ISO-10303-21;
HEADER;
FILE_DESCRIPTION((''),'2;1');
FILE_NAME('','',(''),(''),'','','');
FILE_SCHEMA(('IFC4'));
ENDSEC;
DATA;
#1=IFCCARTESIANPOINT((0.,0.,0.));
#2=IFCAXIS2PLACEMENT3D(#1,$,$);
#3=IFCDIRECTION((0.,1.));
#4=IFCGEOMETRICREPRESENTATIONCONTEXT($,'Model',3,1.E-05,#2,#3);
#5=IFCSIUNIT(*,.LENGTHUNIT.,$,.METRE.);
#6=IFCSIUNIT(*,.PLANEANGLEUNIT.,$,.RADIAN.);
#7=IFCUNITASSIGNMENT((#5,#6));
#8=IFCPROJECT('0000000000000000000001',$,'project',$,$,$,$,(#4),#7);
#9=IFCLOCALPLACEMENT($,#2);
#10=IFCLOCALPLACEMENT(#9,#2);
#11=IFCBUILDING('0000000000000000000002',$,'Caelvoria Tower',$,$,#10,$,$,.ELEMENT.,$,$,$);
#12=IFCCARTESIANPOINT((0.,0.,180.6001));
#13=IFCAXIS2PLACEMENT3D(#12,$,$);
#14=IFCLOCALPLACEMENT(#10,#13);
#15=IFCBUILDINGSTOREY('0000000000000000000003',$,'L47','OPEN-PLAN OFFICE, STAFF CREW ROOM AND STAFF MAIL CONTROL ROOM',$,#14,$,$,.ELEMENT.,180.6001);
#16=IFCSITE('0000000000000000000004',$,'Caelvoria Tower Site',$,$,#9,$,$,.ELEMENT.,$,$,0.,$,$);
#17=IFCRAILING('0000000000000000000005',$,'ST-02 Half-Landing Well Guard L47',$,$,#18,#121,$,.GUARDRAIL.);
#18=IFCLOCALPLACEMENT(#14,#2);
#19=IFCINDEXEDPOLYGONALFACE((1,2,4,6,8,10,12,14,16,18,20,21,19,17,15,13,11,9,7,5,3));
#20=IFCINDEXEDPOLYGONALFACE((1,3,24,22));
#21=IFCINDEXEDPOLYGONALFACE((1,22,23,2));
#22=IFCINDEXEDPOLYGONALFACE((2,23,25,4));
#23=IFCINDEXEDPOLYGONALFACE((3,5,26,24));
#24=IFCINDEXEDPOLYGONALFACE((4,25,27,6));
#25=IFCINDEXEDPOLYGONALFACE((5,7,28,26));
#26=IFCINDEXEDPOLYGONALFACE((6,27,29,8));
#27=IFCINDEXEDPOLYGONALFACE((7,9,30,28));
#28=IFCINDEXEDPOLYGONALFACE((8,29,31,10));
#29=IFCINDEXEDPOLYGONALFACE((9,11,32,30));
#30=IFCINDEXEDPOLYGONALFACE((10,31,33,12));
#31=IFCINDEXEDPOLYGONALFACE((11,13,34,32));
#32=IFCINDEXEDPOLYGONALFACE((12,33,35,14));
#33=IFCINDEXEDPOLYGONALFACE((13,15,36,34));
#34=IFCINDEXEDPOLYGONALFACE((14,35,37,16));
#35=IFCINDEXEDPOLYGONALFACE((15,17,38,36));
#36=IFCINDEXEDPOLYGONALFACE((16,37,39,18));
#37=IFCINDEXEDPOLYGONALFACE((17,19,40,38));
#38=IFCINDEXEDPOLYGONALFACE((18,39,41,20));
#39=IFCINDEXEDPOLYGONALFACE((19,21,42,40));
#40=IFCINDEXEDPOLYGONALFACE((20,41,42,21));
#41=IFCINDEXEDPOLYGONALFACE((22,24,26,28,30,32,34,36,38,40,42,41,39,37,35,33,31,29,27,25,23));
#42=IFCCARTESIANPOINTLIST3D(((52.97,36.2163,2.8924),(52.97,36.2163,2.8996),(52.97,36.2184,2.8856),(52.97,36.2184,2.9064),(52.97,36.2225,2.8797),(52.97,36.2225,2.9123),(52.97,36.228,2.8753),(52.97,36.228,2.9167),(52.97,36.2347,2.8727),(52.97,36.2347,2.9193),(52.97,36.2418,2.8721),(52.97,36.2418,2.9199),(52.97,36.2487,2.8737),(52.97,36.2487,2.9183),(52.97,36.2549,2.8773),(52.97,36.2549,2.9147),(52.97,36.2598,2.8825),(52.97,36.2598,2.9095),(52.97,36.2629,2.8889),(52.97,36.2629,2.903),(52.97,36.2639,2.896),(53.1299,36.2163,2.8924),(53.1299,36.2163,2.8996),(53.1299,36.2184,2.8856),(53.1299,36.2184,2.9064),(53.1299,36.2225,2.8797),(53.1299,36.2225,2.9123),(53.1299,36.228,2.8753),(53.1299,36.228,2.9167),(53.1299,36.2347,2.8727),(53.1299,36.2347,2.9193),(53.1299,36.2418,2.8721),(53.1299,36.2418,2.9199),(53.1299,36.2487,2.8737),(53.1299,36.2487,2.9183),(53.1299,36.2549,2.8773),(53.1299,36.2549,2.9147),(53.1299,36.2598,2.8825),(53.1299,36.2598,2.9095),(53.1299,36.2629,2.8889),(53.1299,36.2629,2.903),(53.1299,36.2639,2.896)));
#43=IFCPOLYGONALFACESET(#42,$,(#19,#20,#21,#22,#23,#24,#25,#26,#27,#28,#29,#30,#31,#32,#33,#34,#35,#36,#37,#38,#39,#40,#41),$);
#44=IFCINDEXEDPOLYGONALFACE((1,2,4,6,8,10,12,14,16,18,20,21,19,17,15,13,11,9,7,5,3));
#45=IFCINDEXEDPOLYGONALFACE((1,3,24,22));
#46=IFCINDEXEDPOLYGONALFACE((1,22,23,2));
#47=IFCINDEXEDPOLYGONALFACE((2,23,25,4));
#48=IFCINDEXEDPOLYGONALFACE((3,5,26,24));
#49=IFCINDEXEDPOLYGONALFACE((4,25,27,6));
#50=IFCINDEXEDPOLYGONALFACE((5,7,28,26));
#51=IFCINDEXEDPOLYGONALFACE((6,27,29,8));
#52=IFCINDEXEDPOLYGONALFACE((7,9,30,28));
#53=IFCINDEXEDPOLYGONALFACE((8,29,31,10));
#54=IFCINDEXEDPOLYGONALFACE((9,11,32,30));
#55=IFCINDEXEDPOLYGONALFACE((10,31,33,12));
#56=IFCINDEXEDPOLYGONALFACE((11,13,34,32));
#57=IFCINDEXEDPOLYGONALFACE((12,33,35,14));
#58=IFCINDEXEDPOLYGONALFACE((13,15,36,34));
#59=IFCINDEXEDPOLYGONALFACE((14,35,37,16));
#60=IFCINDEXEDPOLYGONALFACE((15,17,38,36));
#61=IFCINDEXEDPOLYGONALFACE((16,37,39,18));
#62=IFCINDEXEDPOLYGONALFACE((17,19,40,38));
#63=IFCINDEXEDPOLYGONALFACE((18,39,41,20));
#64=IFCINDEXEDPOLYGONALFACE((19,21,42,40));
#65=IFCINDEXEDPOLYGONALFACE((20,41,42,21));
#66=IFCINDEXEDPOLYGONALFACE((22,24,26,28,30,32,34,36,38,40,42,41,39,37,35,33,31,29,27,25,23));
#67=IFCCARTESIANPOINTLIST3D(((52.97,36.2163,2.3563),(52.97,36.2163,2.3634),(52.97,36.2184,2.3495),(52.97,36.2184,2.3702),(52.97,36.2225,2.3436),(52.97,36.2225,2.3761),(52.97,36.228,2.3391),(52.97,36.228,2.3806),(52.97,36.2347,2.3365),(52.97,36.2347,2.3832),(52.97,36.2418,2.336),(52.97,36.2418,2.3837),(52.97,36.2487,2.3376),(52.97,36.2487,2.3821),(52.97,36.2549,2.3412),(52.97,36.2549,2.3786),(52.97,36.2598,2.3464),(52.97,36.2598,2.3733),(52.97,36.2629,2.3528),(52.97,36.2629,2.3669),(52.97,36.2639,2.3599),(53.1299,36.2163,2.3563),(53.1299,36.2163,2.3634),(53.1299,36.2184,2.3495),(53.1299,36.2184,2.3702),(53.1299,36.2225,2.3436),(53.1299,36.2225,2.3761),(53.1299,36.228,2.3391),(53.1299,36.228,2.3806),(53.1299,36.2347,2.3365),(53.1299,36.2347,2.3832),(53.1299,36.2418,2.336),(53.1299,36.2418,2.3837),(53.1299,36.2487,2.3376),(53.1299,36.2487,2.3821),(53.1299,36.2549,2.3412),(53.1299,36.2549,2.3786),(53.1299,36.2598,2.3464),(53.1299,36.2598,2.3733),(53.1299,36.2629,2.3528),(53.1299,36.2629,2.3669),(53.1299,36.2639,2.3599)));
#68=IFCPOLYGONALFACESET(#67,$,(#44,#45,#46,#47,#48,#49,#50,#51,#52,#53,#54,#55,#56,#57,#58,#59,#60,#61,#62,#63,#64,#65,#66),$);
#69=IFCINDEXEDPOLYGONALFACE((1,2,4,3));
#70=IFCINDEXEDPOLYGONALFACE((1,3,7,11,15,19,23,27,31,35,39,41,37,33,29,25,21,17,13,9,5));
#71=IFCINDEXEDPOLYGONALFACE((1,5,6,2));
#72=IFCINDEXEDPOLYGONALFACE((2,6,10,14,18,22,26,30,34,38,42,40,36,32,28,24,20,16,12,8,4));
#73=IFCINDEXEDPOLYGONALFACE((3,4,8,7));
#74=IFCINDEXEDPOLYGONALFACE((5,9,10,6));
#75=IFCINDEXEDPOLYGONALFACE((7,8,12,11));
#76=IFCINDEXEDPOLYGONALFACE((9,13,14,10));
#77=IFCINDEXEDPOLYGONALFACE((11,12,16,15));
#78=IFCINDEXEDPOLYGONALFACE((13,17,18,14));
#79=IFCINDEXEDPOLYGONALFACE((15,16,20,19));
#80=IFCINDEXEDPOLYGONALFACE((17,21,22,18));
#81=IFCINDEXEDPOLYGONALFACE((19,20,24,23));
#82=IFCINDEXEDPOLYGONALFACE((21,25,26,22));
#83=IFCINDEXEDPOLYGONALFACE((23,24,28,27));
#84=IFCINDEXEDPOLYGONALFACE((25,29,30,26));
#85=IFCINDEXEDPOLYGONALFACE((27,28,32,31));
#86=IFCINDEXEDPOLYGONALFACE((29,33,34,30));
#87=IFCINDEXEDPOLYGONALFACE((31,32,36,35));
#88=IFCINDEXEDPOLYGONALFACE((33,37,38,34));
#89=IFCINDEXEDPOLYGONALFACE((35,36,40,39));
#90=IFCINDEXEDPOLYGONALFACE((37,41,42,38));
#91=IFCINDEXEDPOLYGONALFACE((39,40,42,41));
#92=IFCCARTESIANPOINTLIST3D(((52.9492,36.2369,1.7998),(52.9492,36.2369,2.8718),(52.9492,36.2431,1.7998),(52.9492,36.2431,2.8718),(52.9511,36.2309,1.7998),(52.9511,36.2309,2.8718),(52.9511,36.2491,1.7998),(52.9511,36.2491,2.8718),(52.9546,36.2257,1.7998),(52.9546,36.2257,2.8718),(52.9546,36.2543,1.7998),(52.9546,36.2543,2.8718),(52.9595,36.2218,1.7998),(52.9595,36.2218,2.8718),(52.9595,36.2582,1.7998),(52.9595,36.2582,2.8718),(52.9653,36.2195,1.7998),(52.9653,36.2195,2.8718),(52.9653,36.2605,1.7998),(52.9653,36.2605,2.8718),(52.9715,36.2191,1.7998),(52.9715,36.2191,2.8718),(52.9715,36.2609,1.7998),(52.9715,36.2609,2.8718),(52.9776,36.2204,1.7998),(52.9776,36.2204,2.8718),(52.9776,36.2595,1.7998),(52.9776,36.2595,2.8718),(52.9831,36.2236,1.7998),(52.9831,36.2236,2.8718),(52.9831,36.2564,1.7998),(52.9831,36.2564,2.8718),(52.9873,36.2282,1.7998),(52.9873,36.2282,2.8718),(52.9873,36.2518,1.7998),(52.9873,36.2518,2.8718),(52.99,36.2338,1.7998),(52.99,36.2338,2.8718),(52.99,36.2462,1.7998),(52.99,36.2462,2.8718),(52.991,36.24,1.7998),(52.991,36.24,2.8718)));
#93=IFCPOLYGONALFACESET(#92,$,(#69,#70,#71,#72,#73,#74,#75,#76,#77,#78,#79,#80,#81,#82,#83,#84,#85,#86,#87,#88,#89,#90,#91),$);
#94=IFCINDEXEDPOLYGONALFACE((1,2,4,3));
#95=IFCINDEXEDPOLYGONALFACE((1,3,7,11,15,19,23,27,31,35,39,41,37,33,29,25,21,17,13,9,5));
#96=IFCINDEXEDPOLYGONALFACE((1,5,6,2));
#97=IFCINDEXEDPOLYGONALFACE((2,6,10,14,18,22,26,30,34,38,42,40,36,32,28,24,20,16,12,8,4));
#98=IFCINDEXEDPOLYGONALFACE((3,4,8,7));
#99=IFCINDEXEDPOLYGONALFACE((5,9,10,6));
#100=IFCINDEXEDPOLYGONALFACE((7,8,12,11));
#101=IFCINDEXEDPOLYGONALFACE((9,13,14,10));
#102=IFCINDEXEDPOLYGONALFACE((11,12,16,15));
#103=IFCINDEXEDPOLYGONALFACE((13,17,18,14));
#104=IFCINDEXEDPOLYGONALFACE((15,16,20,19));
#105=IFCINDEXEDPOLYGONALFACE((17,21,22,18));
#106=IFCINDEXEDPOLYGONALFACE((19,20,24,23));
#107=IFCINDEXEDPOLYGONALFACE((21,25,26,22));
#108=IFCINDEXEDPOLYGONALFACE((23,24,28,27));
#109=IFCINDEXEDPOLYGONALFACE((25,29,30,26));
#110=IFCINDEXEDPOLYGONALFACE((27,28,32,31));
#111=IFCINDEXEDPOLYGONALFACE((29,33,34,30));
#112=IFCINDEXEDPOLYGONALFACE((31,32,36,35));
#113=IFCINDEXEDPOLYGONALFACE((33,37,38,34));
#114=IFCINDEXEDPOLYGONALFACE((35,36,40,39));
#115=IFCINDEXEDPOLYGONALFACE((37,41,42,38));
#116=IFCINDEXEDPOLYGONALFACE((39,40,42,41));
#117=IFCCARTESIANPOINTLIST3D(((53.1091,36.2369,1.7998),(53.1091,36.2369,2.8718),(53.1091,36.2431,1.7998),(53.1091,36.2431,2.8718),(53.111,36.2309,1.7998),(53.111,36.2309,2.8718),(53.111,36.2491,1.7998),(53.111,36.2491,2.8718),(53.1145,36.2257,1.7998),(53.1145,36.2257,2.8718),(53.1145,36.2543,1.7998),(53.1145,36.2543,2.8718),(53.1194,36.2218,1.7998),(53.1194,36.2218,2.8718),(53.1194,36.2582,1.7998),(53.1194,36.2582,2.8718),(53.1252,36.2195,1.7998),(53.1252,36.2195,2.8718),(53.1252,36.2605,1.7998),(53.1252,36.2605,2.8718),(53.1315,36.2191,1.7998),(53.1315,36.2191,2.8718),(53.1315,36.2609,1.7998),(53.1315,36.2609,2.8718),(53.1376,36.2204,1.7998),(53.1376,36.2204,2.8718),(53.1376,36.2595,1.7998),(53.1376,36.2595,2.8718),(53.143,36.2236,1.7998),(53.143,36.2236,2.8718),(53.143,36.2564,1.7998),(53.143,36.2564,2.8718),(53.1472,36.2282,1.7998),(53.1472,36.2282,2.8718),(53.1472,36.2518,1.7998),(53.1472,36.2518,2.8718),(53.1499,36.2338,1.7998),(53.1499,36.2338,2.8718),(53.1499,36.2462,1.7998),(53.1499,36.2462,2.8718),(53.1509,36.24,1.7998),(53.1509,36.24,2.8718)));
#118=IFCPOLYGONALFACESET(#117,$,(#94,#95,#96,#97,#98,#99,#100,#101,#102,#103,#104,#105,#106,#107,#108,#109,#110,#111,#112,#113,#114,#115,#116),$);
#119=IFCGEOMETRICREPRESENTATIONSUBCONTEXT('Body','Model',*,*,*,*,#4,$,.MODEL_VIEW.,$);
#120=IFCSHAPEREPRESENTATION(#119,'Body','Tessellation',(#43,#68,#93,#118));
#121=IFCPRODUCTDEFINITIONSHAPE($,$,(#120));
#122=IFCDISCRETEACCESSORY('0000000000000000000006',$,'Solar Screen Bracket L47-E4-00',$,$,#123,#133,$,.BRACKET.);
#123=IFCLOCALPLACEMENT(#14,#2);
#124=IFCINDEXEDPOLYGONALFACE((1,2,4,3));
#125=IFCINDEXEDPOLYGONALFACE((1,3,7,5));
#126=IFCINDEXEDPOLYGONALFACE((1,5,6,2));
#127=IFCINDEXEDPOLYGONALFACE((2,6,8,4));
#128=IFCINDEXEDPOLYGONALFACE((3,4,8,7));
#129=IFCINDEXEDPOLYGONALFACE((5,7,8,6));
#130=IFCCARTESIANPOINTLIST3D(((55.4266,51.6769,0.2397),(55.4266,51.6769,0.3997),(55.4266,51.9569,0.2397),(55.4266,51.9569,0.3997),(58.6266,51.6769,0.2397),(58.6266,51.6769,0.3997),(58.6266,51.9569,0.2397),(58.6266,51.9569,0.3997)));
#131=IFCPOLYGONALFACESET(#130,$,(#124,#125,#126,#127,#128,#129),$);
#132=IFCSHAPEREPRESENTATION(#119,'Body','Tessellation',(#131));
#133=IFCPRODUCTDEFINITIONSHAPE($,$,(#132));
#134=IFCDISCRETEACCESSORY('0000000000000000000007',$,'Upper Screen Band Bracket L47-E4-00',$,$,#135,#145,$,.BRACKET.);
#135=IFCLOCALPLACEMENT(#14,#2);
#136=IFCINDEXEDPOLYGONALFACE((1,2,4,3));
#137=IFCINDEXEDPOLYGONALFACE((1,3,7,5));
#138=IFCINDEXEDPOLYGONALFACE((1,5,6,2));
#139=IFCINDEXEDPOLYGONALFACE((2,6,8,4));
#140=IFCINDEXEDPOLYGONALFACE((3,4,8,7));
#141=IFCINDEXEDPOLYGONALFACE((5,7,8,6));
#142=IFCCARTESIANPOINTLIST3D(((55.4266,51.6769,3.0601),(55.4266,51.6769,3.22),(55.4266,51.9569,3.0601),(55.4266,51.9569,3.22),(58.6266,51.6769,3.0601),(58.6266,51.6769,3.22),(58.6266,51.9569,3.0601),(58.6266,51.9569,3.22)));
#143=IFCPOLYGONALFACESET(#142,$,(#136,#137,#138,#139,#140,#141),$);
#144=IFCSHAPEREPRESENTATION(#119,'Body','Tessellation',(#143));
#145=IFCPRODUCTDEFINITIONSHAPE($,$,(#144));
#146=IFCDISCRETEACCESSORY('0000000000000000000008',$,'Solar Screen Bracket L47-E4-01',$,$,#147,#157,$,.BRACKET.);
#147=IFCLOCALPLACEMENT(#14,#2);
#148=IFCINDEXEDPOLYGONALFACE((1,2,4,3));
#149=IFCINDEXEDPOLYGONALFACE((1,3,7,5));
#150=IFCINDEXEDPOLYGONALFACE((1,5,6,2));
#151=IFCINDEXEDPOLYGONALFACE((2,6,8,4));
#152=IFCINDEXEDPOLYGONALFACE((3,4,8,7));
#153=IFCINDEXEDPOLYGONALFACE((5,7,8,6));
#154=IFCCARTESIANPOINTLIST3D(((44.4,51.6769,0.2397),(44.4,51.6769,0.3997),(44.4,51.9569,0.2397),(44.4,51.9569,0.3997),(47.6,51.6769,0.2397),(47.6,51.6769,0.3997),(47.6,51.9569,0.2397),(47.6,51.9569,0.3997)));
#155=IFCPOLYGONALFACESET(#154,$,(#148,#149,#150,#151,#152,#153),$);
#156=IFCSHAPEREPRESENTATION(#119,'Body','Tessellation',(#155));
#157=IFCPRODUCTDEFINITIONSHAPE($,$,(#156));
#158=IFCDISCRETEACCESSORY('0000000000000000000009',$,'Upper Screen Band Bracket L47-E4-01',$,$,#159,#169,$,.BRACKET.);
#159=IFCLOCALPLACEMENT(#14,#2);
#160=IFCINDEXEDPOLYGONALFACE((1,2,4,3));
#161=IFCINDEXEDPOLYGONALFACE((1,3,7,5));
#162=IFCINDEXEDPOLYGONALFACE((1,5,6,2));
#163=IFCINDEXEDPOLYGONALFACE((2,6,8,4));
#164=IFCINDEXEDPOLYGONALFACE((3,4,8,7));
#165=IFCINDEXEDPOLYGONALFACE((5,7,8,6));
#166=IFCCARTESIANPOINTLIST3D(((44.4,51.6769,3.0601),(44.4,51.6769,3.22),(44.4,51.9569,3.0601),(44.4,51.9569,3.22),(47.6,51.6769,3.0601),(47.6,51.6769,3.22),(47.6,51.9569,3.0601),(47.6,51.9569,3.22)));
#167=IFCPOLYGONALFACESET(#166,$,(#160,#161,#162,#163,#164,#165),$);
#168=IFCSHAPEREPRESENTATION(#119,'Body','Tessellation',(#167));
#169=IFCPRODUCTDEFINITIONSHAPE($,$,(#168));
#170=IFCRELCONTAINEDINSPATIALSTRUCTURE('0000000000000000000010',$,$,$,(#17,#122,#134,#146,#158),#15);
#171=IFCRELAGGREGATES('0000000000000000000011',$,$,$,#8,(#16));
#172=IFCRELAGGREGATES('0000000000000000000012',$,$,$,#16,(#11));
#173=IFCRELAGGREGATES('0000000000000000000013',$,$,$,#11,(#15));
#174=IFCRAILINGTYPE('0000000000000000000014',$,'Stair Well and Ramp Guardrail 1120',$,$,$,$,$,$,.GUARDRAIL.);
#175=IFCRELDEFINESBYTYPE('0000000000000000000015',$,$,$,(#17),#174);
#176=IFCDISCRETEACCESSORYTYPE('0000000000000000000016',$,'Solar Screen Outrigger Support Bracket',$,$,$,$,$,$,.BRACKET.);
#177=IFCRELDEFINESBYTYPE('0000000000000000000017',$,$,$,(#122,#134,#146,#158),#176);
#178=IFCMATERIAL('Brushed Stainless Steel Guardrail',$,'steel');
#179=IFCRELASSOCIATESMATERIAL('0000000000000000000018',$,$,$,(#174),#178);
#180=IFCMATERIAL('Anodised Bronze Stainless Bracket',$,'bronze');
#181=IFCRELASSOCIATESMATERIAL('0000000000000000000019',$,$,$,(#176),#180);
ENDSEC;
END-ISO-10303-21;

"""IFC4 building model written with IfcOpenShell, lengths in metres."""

from ifc_helpers import new_model, si_unit, direction, frame, origin, origin_2d, place, context, subcontext, project, spatial, rectangle, circle, extrude, material, type_object, element, save


model = new_model("IFC4")

# Units and contexts
model_context = context("Model", 3, precision=1e-05, world=origin(), true_north=direction((0.0, 1.0)))
body_context = subcontext(model_context, "Body", "Model", "MODEL_VIEW")
ifc_project = project(units=[si_unit("LENGTHUNIT", "METRE"), si_unit("PLANEANGLEUNIT", "RADIAN")], contexts=[model_context])

# Site, building, storey
site_placement = place(None, origin())
site = spatial("IfcSite", under=ifc_project, at=site_placement, Name="Caelvoria Tower Site", CompositionType="ELEMENT", RefElevation=0.0)
building_placement = place(site_placement, origin())
building = spatial("IfcBuilding", under=site, at=building_placement, Name="Caelvoria Tower", CompositionType="ELEMENT")
storey_placement = place(building_placement, frame((0.0, 0.0, 180.6001)))
storey = spatial("IfcBuildingStorey", under=building, at=storey_placement, Name="L47", Description="OPEN-PLAN OFFICE, STAFF CREW ROOM AND STAFF MAIL CONTROL ROOM", CompositionType="ELEMENT", Elevation=180.6001)

# Railing
ifc_material_1 = material(Name="Brushed Stainless Steel Guardrail", Category="steel")
railing_type_1 = type_object("IfcRailingType", Name="Stair Well and Ramp Guardrail 1120", PredefinedType="GUARDRAIL", material=ifc_material_1)
railing_1_placement = place(storey_placement, frame((52.97, 36.24, 1.7998)))
element("IfcRailing", 1, at=railing_1_placement, inside=storey, type_object=railing_type_1, Name="ST-02 Half-Landing Well Guard L47", PredefinedType="GUARDRAIL", context=body_context, shape_type="SweptSolid", body=[
    extrude(circle(Radius=0.0239, at=origin_2d()), frame((0.0, 0.0, 1.0962), z_axis=(1.0, 0.0, 0.0), x_axis=(0.0, 1.0, 0.0)), (0.0, 0.0, 1.0), 0.1599),
    extrude(circle(Radius=0.0239, at=origin_2d()), frame((0.0, 0.0, 0.5601), z_axis=(1.0, 0.0, 0.0), x_axis=(0.0, 1.0, 0.0)), (0.0, 0.0, 1.0), 0.1599),
    extrude(circle(Radius=0.021, at=origin_2d()), origin(), (0.0, 0.0, 1.0), 1.072),
    extrude(circle(Radius=0.021, at=origin_2d()), frame((0.1599, 0.0, 0.0)), (0.0, 0.0, 1.0), 1.072),
])

# Discrete accessories
ifc_material_2 = material(Name="Anodised Bronze Stainless Bracket", Category="bronze")
discrete_accessory_type = type_object("IfcDiscreteAccessoryType", Name="Solar Screen Outrigger Support Bracket", PredefinedType="BRACKET", material=ifc_material_2)
for number, where, z_axis, x_axis, name in (
    (2, (57.0266, 51.8169, 0.2397), (0.0, 0.0, 1.0), (-1.0, 0.0, 0.0), "Solar Screen Bracket L47-E4-00"),
    (3, (57.0266, 51.8169, 3.0601), (0.0, 0.0, 1.0), (-1.0, 0.0, 0.0), "Upper Screen Band Bracket L47-E4-00"),
    (4, (46.0, 51.8169, 0.2397), (0.0, 0.0, 1.0), (-1.0, 0.0, 0.0), "Solar Screen Bracket L47-E4-01"),
    (5, (46.0, 51.8169, 3.0601), (0.0, 0.0, 1.0), (-1.0, 0.0, 0.0), "Upper Screen Band Bracket L47-E4-01"),
):
    element("IfcDiscreteAccessory", number, at=place(storey_placement, frame(where, z_axis=z_axis, x_axis=x_axis)), inside=storey, type_object=discrete_accessory_type, Name=name, PredefinedType="BRACKET", context=body_context, shape_type="SweptSolid", body=[
        extrude(rectangle(XDim=3.2, YDim=0.28, at=origin_2d()), origin(), (0.0, 0.0, 1.0), 0.1599),
    ])

save(model, "model.ifc")
